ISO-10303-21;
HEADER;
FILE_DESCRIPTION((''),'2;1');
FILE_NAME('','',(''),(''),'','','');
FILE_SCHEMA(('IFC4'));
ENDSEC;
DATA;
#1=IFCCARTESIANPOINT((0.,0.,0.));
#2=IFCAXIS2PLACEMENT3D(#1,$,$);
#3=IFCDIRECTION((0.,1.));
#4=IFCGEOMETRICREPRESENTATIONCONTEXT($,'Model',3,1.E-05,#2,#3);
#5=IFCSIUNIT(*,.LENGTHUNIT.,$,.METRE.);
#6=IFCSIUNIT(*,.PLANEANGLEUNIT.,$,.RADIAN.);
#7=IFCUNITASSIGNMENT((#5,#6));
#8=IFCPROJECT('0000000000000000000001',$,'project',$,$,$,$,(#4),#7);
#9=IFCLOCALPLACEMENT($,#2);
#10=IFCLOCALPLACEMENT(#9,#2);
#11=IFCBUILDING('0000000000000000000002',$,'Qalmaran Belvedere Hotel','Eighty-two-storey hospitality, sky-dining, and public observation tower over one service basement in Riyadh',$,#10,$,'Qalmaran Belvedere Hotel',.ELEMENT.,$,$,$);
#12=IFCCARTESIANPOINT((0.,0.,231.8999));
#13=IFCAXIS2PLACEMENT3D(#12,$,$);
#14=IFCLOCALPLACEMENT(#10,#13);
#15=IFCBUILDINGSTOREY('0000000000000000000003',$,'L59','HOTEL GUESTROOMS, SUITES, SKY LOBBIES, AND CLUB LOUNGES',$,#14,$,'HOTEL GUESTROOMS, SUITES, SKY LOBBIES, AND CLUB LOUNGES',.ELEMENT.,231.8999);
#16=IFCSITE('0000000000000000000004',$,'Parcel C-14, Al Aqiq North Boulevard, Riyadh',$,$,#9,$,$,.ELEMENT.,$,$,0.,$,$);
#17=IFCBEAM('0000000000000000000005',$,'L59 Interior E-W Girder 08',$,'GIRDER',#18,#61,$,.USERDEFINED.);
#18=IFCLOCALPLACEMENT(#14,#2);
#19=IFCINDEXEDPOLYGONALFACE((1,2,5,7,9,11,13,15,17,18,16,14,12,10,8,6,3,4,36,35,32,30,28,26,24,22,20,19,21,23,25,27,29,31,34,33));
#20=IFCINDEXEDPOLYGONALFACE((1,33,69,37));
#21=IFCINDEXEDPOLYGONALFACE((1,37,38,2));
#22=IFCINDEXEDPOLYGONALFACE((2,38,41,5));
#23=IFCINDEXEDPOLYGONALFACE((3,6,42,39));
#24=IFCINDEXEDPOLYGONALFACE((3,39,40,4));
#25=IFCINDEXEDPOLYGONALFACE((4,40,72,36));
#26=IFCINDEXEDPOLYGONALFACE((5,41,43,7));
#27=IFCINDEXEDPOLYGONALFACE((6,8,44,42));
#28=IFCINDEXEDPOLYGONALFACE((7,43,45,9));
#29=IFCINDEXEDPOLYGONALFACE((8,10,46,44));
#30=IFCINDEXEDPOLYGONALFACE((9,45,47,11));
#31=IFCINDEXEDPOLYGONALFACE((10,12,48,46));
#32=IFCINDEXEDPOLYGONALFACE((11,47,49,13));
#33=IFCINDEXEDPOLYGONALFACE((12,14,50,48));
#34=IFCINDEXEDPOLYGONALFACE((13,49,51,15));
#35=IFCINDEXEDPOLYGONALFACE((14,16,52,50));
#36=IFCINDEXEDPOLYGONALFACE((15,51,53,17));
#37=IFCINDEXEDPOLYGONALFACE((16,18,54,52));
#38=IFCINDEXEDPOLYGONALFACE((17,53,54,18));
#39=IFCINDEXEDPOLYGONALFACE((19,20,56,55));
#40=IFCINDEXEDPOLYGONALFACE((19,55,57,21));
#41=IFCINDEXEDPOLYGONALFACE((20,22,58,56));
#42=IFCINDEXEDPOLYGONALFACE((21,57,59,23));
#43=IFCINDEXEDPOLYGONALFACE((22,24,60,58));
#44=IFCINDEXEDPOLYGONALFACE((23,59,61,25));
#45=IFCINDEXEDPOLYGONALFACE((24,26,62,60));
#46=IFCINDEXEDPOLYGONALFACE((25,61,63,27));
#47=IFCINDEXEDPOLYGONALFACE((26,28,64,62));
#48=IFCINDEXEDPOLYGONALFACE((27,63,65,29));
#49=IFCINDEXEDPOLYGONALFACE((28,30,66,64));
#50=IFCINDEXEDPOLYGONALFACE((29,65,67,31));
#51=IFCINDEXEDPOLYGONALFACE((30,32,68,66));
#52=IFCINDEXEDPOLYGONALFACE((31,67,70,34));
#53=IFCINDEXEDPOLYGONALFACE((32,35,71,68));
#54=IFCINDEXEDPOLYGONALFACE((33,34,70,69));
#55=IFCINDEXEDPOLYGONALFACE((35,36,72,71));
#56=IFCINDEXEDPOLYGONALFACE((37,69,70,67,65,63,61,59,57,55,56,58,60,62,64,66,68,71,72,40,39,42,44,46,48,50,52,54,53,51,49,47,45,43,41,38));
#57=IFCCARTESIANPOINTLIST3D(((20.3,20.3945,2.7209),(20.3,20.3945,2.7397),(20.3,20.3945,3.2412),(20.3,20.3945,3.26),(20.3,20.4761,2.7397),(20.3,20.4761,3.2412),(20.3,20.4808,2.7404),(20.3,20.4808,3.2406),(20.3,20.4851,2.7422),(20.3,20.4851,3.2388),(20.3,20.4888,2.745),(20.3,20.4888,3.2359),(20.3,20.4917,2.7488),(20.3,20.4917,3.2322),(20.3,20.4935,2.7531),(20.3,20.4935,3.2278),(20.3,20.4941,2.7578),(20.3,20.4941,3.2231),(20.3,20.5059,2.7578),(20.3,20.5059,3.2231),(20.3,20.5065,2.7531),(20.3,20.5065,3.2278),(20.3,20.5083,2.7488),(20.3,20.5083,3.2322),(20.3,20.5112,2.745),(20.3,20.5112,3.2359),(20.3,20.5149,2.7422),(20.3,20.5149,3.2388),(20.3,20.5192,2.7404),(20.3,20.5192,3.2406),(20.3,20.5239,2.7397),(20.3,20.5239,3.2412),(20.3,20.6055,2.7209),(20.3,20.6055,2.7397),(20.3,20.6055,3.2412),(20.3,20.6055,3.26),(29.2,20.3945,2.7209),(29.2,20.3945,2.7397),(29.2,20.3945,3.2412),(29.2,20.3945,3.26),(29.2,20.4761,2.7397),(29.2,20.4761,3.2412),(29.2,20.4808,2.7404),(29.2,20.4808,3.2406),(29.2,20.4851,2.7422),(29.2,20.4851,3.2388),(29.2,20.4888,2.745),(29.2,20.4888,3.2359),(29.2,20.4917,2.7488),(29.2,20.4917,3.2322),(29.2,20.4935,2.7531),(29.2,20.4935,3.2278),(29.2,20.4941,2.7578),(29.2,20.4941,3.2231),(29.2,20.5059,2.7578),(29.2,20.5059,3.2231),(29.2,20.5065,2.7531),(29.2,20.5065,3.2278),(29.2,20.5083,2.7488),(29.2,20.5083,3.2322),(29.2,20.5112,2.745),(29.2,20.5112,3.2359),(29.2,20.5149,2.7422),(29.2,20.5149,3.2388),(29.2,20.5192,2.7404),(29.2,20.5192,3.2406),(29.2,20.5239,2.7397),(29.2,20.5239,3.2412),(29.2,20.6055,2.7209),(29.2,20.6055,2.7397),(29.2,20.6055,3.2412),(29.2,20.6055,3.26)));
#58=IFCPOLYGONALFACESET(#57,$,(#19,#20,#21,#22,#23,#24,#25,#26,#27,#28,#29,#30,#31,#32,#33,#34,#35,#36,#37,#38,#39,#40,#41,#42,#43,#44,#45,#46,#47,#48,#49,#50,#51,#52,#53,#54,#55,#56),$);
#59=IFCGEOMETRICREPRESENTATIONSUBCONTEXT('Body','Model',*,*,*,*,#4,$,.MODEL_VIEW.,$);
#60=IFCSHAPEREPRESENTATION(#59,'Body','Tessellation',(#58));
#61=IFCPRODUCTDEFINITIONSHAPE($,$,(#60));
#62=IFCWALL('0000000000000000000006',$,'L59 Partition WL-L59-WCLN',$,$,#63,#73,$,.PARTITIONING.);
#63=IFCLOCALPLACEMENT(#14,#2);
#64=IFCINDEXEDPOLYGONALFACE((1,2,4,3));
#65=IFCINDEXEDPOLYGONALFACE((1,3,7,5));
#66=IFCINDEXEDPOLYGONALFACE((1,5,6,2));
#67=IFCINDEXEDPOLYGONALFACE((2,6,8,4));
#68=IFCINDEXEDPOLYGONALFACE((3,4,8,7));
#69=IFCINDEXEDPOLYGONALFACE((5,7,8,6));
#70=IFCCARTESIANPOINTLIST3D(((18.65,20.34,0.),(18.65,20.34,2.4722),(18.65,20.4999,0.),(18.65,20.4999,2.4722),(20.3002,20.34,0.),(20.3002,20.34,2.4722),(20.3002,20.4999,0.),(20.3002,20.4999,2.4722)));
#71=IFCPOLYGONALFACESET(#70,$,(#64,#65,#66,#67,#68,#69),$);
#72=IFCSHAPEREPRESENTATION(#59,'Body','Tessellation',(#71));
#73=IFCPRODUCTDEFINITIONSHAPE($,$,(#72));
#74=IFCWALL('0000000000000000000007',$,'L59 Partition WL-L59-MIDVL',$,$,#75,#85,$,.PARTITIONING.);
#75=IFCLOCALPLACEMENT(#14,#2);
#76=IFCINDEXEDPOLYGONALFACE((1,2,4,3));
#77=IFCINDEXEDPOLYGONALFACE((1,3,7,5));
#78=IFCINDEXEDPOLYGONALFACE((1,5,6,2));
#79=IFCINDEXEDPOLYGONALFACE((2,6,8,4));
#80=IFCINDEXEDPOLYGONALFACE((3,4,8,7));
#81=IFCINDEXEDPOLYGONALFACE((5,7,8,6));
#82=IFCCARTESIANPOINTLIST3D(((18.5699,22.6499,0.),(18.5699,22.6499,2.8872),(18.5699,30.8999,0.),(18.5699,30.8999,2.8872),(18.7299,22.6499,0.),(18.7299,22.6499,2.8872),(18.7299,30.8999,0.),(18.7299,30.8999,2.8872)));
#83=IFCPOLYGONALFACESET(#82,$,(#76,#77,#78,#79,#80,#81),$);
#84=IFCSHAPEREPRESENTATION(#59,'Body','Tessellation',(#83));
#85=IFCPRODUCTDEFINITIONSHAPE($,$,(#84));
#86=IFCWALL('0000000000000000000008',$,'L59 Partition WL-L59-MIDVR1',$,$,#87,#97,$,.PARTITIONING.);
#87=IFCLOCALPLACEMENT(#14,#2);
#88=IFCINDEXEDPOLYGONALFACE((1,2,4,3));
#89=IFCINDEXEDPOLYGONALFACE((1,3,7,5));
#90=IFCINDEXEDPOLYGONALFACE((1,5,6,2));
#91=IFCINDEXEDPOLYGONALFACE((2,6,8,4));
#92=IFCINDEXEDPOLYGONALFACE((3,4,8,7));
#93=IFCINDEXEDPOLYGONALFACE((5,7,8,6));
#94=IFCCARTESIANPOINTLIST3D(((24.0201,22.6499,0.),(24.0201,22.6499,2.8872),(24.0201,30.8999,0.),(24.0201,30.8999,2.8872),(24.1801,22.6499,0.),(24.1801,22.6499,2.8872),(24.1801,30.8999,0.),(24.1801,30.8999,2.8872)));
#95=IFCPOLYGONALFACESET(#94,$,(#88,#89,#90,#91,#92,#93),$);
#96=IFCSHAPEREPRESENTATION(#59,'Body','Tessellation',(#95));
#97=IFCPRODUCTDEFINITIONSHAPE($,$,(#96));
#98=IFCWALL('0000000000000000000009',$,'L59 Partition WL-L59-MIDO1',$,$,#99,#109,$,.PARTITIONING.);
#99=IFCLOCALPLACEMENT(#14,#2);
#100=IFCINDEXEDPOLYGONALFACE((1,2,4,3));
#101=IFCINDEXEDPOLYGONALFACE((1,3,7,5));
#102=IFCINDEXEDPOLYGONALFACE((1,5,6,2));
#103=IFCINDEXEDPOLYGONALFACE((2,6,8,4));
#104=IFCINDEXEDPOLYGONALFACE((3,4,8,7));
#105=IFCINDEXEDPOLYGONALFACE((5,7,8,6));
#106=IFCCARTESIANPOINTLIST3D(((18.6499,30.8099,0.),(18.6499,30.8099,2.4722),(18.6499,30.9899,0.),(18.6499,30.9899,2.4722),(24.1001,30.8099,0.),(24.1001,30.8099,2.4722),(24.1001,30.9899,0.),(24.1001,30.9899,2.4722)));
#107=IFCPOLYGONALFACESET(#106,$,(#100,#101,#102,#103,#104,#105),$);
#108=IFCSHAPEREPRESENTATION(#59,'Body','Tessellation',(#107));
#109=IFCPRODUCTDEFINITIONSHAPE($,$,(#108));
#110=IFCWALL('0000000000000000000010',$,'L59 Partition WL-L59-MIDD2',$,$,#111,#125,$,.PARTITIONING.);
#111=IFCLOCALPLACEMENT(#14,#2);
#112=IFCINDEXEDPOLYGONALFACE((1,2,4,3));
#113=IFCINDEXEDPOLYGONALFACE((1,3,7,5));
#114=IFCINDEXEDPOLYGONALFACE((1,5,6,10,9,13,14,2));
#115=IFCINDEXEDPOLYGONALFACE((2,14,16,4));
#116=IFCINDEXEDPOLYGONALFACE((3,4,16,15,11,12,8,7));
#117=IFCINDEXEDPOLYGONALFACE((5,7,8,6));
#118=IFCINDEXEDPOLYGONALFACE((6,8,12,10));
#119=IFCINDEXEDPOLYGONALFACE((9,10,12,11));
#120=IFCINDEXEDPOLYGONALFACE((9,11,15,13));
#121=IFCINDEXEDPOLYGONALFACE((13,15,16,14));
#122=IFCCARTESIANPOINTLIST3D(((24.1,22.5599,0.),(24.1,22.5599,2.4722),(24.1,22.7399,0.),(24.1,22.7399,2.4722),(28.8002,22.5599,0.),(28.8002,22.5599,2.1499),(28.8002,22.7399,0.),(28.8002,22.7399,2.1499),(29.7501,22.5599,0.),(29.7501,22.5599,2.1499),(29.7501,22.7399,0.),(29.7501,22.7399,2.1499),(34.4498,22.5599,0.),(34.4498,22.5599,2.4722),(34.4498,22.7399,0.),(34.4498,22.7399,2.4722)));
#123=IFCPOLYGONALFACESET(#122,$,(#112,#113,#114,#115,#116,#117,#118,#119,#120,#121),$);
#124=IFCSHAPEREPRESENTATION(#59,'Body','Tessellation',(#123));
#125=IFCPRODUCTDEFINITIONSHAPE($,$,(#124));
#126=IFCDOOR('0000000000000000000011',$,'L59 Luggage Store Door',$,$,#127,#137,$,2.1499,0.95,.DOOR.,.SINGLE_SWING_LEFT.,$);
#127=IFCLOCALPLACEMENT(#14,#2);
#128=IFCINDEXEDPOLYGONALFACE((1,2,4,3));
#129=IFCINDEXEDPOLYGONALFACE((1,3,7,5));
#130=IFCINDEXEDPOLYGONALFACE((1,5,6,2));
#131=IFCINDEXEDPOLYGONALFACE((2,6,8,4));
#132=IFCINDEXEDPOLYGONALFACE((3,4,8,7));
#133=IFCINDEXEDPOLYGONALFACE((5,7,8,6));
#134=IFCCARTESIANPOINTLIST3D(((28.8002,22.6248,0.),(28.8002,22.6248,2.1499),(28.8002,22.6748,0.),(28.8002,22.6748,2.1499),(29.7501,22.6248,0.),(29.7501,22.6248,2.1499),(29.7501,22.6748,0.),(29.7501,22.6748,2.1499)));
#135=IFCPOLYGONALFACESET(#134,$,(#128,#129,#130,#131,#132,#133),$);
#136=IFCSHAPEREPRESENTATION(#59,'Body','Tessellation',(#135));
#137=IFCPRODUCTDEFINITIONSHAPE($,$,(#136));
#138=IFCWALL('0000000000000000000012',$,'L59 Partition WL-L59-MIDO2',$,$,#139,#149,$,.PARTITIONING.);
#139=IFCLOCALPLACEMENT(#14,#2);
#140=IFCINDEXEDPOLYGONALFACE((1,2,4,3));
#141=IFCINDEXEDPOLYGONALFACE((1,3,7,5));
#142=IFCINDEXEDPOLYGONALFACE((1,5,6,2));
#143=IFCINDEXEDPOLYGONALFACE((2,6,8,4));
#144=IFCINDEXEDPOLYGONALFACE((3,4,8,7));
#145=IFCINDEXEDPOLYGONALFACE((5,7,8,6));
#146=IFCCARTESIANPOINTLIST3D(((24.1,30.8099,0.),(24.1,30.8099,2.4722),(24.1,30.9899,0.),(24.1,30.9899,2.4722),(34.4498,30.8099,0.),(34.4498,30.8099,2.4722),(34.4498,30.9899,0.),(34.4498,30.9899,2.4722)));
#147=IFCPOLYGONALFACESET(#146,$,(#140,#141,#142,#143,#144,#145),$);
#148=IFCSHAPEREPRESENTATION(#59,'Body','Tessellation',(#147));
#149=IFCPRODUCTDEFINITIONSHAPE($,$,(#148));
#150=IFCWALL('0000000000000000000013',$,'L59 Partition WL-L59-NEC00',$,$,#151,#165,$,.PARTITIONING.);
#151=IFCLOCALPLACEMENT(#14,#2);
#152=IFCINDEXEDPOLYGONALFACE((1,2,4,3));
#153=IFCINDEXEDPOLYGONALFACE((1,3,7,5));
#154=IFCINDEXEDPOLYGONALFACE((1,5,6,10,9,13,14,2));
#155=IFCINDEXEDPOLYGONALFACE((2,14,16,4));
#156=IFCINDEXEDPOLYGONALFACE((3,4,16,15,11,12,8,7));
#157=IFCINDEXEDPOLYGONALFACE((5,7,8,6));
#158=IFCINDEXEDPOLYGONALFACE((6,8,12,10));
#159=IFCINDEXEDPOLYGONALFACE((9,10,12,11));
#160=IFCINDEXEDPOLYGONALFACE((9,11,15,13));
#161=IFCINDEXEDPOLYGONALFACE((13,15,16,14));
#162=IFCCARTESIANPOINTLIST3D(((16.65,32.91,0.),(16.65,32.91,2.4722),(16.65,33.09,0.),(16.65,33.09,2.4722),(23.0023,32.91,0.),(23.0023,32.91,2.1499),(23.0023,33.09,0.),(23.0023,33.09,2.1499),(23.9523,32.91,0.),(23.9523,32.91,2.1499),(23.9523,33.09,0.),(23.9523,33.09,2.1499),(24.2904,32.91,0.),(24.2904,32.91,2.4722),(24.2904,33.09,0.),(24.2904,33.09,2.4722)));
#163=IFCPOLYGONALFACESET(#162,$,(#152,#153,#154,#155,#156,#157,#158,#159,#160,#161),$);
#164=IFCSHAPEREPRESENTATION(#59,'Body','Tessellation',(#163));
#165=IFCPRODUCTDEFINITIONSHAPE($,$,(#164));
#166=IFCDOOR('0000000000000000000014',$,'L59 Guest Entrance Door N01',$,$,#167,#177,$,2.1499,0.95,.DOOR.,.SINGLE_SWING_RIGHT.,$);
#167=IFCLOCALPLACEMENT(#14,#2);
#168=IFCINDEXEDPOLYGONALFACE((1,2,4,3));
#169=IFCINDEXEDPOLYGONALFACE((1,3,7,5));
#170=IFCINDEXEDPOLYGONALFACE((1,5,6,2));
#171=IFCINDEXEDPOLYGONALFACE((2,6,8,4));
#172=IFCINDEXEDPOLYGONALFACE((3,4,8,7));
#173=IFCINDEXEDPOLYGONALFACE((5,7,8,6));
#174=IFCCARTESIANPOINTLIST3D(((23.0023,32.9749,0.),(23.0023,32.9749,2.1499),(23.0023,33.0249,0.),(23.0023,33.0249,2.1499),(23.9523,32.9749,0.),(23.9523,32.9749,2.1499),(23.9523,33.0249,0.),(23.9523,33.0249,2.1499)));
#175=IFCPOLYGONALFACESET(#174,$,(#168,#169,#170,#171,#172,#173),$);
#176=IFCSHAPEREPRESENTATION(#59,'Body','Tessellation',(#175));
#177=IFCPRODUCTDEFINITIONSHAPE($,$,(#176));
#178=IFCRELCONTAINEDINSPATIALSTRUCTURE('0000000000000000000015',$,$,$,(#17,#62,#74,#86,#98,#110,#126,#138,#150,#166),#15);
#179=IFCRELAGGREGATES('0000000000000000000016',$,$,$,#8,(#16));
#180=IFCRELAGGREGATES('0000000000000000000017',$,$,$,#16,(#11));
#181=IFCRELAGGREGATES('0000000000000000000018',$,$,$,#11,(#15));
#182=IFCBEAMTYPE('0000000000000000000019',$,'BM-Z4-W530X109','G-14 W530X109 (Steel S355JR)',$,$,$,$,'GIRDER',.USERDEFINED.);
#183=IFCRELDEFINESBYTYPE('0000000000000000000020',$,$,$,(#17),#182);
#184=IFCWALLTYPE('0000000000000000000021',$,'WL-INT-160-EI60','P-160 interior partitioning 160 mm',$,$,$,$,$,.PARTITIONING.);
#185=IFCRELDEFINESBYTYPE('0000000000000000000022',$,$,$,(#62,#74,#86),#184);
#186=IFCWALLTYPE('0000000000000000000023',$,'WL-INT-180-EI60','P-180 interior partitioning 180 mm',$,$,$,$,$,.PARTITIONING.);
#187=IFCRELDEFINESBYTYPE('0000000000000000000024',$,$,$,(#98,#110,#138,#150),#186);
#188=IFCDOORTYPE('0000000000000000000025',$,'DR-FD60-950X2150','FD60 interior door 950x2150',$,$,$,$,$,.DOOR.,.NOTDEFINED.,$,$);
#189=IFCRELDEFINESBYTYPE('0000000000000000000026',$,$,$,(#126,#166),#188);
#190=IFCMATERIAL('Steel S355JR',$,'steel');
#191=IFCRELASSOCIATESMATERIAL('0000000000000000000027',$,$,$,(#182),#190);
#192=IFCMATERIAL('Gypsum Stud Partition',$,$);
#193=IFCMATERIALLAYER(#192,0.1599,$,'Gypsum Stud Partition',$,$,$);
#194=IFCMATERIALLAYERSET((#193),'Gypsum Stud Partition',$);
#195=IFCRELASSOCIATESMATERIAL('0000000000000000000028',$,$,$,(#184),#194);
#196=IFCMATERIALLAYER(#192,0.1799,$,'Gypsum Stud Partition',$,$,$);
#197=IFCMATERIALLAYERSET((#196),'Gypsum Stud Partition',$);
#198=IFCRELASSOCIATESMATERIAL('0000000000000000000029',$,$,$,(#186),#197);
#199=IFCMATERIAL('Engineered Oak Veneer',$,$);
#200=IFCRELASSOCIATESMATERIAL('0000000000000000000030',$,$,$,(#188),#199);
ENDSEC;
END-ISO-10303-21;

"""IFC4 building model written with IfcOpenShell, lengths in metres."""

from ifc_helpers import new_model, si_unit, direction, frame, frame_2d, origin, origin_2d, place, context, subcontext, project, spatial, rectangle, i_section, extrude, material, layer, layer_set, material_profile, profile_set, type_object, element, fill, save


model = new_model("IFC4")

# Units and contexts
model_context = context("Model", 3, precision=1e-05, world=origin(), true_north=direction((0.0, 1.0)))
body_context = subcontext(model_context, "Body", "Model", "MODEL_VIEW")
ifc_project = project(units=[si_unit("LENGTHUNIT", "METRE"), si_unit("PLANEANGLEUNIT", "RADIAN")], contexts=[model_context])

# Site, building, storey
site_placement = place(None, origin())
site = spatial("IfcSite", under=ifc_project, at=site_placement, Name="Parcel C-14, Al Aqiq North Boulevard, Riyadh", CompositionType="ELEMENT", RefElevation=0.0)
building_placement = place(site_placement, origin())
building = spatial("IfcBuilding", under=site, at=building_placement, Name="Qalmaran Belvedere Hotel", Description="Eighty-two-storey hospitality, sky-dining, and public observation tower over one service basement in Riyadh", LongName="Qalmaran Belvedere Hotel", CompositionType="ELEMENT")
storey_placement = place(building_placement, frame((0.0, 0.0, 231.8999)))
storey = spatial("IfcBuildingStorey", under=building, at=storey_placement, Name="L59", Description="HOTEL GUESTROOMS, SUITES, SKY LOBBIES, AND CLUB LOUNGES", LongName="HOTEL GUESTROOMS, SUITES, SKY LOBBIES, AND CLUB LOUNGES", CompositionType="ELEMENT", Elevation=231.8999)

# Beam
ifc_material_1 = material(Name="Steel S355JR", Category="steel")
ifc_material_profile_1 = material_profile(ifc_material_1, i_section(OverallWidth=0.2109, OverallDepth=0.5391, WebThickness=0.0117, FlangeThickness=0.0188, FilletRadius=0.0181, at=origin_2d()), Name="W530X109")
ifc_profile_set_1 = profile_set([ifc_material_profile_1], Name="Steel S355JR")
beam_type_1 = type_object("IfcBeamType", Name="BM-Z4-W530X109", Description="G-14 W530X109 (Steel S355JR)", ElementType="GIRDER", PredefinedType="USERDEFINED", material=ifc_profile_set_1)
beam_1_placement = place(storey_placement, frame((20.3, 20.5, 2.9905), z_axis=(1.0, 0.0, 0.0), x_axis=(0.0, 1.0, 0.0)))
element("IfcBeam", 1, at=beam_1_placement, inside=storey, type_object=beam_type_1, Name="L59 Interior E-W Girder 08", ObjectType="GIRDER", PredefinedType="USERDEFINED", context=body_context, shape_type="SweptSolid", body=[
    extrude(i_section(OverallWidth=0.2109, OverallDepth=0.5391, WebThickness=0.0117, FlangeThickness=0.0188, FilletRadius=0.0181, at=origin_2d()), origin(), (0.0, 0.0, 1.0), 8.8999),
])

# Shared definitions
ifc_material_2 = material(Name="Gypsum Stud Partition")

# Walls
ifc_layer_1 = layer(ifc_material_2, 0.1599, Name="Gypsum Stud Partition")
ifc_layer_set_1 = layer_set([ifc_layer_1], Name="Gypsum Stud Partition")
wall_type_1 = type_object("IfcWallType", Name="WL-INT-160-EI60", Description="P-160 interior partitioning 160 mm", PredefinedType="PARTITIONING", material=ifc_layer_set_1)
wall_1_placement = place(storey_placement, frame((18.6499, 20.4199, 0.0), z_axis=(0.0, 0.0, 1.0), x_axis=(1.0, 0.0, 0.0)))
element("IfcWall", 2, at=wall_1_placement, inside=storey, type_object=wall_type_1, Name="L59 Partition WL-L59-WCLN", PredefinedType="PARTITIONING", context=body_context, shape_type="SweptSolid", body=[
    extrude(rectangle(XDim=1.6501, YDim=0.1599, at=frame_2d((0.8252, 0.0))), origin(), (0.0, 0.0, 1.0), 2.4722),
])
for number, where, z_axis, x_axis, name in (
    (3, (18.6499, 22.6499, 0.0), (0.0, 0.0, 1.0), (0.0, 1.0, 0.0), "L59 Partition WL-L59-MIDVL"),
    (4, (24.1001, 22.6499, 0.0), (0.0, 0.0, 1.0), (0.0, 1.0, 0.0), "L59 Partition WL-L59-MIDVR1"),
):
    element("IfcWall", number, at=place(storey_placement, frame(where, z_axis=z_axis, x_axis=x_axis)), inside=storey, type_object=wall_type_1, Name=name, PredefinedType="PARTITIONING", context=body_context, shape_type="SweptSolid", body=[
        extrude(rectangle(XDim=8.25, YDim=0.1599, at=frame_2d((4.125, 0.0))), origin(), (0.0, 0.0, 1.0), 2.8872),
    ])

# Shared definitions
ifc_layer_2 = layer(ifc_material_2, 0.1799, Name="Gypsum Stud Partition")
ifc_layer_set_2 = layer_set([ifc_layer_2], Name="Gypsum Stud Partition")
wall_type_2 = type_object("IfcWallType", Name="WL-INT-180-EI60", Description="P-180 interior partitioning 180 mm", PredefinedType="PARTITIONING", material=ifc_layer_set_2)
ifc_material_3 = material(Name="Engineered Oak Veneer")
door_type_1 = type_object("IfcDoorType", Name="DR-FD60-950X2150", Description="FD60 interior door 950x2150", OperationType="NOTDEFINED", PredefinedType="DOOR", material=ifc_material_3)

# Wall
wall_2_placement = place(storey_placement, frame((18.6499, 30.8999, 0.0), z_axis=(0.0, 0.0, 1.0), x_axis=(1.0, 0.0, 0.0)))
element("IfcWall", 5, at=wall_2_placement, inside=storey, type_object=wall_type_2, Name="L59 Partition WL-L59-MIDO1", PredefinedType="PARTITIONING", context=body_context, shape_type="SweptSolid", body=[
    extrude(rectangle(XDim=5.4502, YDim=0.1799, at=frame_2d((2.7251, 0.0))), origin(), (0.0, 0.0, 1.0), 2.4722),
])

# Wall, opening, door
wall_3_placement = place(storey_placement, frame((24.1001, 22.6499, 0.0), z_axis=(0.0, 0.0, 1.0), x_axis=(1.0, 0.0, 0.0)))
wall_3 = element("IfcWall", 6, at=wall_3_placement, inside=storey, type_object=wall_type_2, Name="L59 Partition WL-L59-MIDD2", PredefinedType="PARTITIONING", context=body_context, shape_type="SweptSolid", body=[
    extrude(rectangle(XDim=10.3499, YDim=0.1799, at=frame_2d((5.1748, 0.0))), origin(), (0.0, 0.0, 1.0), 2.4722),
])
opening_1_placement = place(wall_3_placement, frame((4.7, 0.0, 0.0)))
opening_1 = element("IfcOpeningElement", 7, at=opening_1_placement, cuts=wall_3, PredefinedType="OPENING", context=body_context, shape_type="SweptSolid", body=[
    extrude(rectangle(XDim=0.95, YDim=2.1499, at=frame_2d((0.4751, 1.075))), frame((0.0, 0.1001, 0.0), z_axis=(0.0, -1.0, 0.0), x_axis=(1.0, 0.0, 0.0)), (0.0, 0.0, 1.0), 0.2),
])
door_1_placement = place(opening_1_placement, origin())
door_1 = element("IfcDoor", 8, at=door_1_placement, inside=storey, type_object=door_type_1, Name="L59 Luggage Store Door", OperationType="SINGLE_SWING_LEFT", OverallHeight=2.1499, OverallWidth=0.95, PredefinedType="DOOR", context=body_context, shape_type="SweptSolid", body=[
    extrude(rectangle(XDim=0.95, YDim=2.1499, at=frame_2d((0.4751, 1.075))), frame((0.0, 0.0249, 0.0), z_axis=(0.0, -1.0, 0.0), x_axis=(1.0, 0.0, 0.0)), (0.0, 0.0, 1.0), 0.05),
])
fill(opening_1, door_1)

# Wall
wall_4_placement = place(storey_placement, frame((24.1001, 30.8999, 0.0), z_axis=(0.0, 0.0, 1.0), x_axis=(1.0, 0.0, 0.0)))
element("IfcWall", 9, at=wall_4_placement, inside=storey, type_object=wall_type_2, Name="L59 Partition WL-L59-MIDO2", PredefinedType="PARTITIONING", context=body_context, shape_type="SweptSolid", body=[
    extrude(rectangle(XDim=10.3499, YDim=0.1799, at=frame_2d((5.1748, 0.0))), origin(), (0.0, 0.0, 1.0), 2.4722),
])

# Wall, opening, door
wall_5_placement = place(storey_placement, frame((16.6499, 33.0, 0.0), z_axis=(0.0, 0.0, 1.0), x_axis=(1.0, 0.0, 0.0)))
wall_5 = element("IfcWall", 10, at=wall_5_placement, inside=storey, type_object=wall_type_2, Name="L59 Partition WL-L59-NEC00", PredefinedType="PARTITIONING", context=body_context, shape_type="SweptSolid", body=[
    extrude(rectangle(XDim=7.6404, YDim=0.1799, at=frame_2d((3.8203, 0.0))), origin(), (0.0, 0.0, 1.0), 2.4722),
])
opening_2_placement = place(wall_5_placement, frame((6.3523, 0.0, 0.0)))
opening_2 = element("IfcOpeningElement", 11, at=opening_2_placement, cuts=wall_5, PredefinedType="OPENING", context=body_context, shape_type="SweptSolid", body=[
    extrude(rectangle(XDim=0.95, YDim=2.1499, at=frame_2d((0.4751, 1.075))), frame((0.0, 0.1001, 0.0), z_axis=(0.0, -1.0, 0.0), x_axis=(1.0, 0.0, 0.0)), (0.0, 0.0, 1.0), 0.2),
])
door_2_placement = place(opening_2_placement, origin())
door_2 = element("IfcDoor", 12, at=door_2_placement, inside=storey, type_object=door_type_1, Name="L59 Guest Entrance Door N01", OperationType="SINGLE_SWING_RIGHT", OverallHeight=2.1499, OverallWidth=0.95, PredefinedType="DOOR", context=body_context, shape_type="SweptSolid", body=[
    extrude(rectangle(XDim=0.95, YDim=2.1499, at=frame_2d((0.4751, 1.075))), frame((0.0, 0.0249, 0.0), z_axis=(0.0, -1.0, 0.0), x_axis=(1.0, 0.0, 0.0)), (0.0, 0.0, 1.0), 0.05),
])
fill(opening_2, door_2)

save(model, "model.ifc")
